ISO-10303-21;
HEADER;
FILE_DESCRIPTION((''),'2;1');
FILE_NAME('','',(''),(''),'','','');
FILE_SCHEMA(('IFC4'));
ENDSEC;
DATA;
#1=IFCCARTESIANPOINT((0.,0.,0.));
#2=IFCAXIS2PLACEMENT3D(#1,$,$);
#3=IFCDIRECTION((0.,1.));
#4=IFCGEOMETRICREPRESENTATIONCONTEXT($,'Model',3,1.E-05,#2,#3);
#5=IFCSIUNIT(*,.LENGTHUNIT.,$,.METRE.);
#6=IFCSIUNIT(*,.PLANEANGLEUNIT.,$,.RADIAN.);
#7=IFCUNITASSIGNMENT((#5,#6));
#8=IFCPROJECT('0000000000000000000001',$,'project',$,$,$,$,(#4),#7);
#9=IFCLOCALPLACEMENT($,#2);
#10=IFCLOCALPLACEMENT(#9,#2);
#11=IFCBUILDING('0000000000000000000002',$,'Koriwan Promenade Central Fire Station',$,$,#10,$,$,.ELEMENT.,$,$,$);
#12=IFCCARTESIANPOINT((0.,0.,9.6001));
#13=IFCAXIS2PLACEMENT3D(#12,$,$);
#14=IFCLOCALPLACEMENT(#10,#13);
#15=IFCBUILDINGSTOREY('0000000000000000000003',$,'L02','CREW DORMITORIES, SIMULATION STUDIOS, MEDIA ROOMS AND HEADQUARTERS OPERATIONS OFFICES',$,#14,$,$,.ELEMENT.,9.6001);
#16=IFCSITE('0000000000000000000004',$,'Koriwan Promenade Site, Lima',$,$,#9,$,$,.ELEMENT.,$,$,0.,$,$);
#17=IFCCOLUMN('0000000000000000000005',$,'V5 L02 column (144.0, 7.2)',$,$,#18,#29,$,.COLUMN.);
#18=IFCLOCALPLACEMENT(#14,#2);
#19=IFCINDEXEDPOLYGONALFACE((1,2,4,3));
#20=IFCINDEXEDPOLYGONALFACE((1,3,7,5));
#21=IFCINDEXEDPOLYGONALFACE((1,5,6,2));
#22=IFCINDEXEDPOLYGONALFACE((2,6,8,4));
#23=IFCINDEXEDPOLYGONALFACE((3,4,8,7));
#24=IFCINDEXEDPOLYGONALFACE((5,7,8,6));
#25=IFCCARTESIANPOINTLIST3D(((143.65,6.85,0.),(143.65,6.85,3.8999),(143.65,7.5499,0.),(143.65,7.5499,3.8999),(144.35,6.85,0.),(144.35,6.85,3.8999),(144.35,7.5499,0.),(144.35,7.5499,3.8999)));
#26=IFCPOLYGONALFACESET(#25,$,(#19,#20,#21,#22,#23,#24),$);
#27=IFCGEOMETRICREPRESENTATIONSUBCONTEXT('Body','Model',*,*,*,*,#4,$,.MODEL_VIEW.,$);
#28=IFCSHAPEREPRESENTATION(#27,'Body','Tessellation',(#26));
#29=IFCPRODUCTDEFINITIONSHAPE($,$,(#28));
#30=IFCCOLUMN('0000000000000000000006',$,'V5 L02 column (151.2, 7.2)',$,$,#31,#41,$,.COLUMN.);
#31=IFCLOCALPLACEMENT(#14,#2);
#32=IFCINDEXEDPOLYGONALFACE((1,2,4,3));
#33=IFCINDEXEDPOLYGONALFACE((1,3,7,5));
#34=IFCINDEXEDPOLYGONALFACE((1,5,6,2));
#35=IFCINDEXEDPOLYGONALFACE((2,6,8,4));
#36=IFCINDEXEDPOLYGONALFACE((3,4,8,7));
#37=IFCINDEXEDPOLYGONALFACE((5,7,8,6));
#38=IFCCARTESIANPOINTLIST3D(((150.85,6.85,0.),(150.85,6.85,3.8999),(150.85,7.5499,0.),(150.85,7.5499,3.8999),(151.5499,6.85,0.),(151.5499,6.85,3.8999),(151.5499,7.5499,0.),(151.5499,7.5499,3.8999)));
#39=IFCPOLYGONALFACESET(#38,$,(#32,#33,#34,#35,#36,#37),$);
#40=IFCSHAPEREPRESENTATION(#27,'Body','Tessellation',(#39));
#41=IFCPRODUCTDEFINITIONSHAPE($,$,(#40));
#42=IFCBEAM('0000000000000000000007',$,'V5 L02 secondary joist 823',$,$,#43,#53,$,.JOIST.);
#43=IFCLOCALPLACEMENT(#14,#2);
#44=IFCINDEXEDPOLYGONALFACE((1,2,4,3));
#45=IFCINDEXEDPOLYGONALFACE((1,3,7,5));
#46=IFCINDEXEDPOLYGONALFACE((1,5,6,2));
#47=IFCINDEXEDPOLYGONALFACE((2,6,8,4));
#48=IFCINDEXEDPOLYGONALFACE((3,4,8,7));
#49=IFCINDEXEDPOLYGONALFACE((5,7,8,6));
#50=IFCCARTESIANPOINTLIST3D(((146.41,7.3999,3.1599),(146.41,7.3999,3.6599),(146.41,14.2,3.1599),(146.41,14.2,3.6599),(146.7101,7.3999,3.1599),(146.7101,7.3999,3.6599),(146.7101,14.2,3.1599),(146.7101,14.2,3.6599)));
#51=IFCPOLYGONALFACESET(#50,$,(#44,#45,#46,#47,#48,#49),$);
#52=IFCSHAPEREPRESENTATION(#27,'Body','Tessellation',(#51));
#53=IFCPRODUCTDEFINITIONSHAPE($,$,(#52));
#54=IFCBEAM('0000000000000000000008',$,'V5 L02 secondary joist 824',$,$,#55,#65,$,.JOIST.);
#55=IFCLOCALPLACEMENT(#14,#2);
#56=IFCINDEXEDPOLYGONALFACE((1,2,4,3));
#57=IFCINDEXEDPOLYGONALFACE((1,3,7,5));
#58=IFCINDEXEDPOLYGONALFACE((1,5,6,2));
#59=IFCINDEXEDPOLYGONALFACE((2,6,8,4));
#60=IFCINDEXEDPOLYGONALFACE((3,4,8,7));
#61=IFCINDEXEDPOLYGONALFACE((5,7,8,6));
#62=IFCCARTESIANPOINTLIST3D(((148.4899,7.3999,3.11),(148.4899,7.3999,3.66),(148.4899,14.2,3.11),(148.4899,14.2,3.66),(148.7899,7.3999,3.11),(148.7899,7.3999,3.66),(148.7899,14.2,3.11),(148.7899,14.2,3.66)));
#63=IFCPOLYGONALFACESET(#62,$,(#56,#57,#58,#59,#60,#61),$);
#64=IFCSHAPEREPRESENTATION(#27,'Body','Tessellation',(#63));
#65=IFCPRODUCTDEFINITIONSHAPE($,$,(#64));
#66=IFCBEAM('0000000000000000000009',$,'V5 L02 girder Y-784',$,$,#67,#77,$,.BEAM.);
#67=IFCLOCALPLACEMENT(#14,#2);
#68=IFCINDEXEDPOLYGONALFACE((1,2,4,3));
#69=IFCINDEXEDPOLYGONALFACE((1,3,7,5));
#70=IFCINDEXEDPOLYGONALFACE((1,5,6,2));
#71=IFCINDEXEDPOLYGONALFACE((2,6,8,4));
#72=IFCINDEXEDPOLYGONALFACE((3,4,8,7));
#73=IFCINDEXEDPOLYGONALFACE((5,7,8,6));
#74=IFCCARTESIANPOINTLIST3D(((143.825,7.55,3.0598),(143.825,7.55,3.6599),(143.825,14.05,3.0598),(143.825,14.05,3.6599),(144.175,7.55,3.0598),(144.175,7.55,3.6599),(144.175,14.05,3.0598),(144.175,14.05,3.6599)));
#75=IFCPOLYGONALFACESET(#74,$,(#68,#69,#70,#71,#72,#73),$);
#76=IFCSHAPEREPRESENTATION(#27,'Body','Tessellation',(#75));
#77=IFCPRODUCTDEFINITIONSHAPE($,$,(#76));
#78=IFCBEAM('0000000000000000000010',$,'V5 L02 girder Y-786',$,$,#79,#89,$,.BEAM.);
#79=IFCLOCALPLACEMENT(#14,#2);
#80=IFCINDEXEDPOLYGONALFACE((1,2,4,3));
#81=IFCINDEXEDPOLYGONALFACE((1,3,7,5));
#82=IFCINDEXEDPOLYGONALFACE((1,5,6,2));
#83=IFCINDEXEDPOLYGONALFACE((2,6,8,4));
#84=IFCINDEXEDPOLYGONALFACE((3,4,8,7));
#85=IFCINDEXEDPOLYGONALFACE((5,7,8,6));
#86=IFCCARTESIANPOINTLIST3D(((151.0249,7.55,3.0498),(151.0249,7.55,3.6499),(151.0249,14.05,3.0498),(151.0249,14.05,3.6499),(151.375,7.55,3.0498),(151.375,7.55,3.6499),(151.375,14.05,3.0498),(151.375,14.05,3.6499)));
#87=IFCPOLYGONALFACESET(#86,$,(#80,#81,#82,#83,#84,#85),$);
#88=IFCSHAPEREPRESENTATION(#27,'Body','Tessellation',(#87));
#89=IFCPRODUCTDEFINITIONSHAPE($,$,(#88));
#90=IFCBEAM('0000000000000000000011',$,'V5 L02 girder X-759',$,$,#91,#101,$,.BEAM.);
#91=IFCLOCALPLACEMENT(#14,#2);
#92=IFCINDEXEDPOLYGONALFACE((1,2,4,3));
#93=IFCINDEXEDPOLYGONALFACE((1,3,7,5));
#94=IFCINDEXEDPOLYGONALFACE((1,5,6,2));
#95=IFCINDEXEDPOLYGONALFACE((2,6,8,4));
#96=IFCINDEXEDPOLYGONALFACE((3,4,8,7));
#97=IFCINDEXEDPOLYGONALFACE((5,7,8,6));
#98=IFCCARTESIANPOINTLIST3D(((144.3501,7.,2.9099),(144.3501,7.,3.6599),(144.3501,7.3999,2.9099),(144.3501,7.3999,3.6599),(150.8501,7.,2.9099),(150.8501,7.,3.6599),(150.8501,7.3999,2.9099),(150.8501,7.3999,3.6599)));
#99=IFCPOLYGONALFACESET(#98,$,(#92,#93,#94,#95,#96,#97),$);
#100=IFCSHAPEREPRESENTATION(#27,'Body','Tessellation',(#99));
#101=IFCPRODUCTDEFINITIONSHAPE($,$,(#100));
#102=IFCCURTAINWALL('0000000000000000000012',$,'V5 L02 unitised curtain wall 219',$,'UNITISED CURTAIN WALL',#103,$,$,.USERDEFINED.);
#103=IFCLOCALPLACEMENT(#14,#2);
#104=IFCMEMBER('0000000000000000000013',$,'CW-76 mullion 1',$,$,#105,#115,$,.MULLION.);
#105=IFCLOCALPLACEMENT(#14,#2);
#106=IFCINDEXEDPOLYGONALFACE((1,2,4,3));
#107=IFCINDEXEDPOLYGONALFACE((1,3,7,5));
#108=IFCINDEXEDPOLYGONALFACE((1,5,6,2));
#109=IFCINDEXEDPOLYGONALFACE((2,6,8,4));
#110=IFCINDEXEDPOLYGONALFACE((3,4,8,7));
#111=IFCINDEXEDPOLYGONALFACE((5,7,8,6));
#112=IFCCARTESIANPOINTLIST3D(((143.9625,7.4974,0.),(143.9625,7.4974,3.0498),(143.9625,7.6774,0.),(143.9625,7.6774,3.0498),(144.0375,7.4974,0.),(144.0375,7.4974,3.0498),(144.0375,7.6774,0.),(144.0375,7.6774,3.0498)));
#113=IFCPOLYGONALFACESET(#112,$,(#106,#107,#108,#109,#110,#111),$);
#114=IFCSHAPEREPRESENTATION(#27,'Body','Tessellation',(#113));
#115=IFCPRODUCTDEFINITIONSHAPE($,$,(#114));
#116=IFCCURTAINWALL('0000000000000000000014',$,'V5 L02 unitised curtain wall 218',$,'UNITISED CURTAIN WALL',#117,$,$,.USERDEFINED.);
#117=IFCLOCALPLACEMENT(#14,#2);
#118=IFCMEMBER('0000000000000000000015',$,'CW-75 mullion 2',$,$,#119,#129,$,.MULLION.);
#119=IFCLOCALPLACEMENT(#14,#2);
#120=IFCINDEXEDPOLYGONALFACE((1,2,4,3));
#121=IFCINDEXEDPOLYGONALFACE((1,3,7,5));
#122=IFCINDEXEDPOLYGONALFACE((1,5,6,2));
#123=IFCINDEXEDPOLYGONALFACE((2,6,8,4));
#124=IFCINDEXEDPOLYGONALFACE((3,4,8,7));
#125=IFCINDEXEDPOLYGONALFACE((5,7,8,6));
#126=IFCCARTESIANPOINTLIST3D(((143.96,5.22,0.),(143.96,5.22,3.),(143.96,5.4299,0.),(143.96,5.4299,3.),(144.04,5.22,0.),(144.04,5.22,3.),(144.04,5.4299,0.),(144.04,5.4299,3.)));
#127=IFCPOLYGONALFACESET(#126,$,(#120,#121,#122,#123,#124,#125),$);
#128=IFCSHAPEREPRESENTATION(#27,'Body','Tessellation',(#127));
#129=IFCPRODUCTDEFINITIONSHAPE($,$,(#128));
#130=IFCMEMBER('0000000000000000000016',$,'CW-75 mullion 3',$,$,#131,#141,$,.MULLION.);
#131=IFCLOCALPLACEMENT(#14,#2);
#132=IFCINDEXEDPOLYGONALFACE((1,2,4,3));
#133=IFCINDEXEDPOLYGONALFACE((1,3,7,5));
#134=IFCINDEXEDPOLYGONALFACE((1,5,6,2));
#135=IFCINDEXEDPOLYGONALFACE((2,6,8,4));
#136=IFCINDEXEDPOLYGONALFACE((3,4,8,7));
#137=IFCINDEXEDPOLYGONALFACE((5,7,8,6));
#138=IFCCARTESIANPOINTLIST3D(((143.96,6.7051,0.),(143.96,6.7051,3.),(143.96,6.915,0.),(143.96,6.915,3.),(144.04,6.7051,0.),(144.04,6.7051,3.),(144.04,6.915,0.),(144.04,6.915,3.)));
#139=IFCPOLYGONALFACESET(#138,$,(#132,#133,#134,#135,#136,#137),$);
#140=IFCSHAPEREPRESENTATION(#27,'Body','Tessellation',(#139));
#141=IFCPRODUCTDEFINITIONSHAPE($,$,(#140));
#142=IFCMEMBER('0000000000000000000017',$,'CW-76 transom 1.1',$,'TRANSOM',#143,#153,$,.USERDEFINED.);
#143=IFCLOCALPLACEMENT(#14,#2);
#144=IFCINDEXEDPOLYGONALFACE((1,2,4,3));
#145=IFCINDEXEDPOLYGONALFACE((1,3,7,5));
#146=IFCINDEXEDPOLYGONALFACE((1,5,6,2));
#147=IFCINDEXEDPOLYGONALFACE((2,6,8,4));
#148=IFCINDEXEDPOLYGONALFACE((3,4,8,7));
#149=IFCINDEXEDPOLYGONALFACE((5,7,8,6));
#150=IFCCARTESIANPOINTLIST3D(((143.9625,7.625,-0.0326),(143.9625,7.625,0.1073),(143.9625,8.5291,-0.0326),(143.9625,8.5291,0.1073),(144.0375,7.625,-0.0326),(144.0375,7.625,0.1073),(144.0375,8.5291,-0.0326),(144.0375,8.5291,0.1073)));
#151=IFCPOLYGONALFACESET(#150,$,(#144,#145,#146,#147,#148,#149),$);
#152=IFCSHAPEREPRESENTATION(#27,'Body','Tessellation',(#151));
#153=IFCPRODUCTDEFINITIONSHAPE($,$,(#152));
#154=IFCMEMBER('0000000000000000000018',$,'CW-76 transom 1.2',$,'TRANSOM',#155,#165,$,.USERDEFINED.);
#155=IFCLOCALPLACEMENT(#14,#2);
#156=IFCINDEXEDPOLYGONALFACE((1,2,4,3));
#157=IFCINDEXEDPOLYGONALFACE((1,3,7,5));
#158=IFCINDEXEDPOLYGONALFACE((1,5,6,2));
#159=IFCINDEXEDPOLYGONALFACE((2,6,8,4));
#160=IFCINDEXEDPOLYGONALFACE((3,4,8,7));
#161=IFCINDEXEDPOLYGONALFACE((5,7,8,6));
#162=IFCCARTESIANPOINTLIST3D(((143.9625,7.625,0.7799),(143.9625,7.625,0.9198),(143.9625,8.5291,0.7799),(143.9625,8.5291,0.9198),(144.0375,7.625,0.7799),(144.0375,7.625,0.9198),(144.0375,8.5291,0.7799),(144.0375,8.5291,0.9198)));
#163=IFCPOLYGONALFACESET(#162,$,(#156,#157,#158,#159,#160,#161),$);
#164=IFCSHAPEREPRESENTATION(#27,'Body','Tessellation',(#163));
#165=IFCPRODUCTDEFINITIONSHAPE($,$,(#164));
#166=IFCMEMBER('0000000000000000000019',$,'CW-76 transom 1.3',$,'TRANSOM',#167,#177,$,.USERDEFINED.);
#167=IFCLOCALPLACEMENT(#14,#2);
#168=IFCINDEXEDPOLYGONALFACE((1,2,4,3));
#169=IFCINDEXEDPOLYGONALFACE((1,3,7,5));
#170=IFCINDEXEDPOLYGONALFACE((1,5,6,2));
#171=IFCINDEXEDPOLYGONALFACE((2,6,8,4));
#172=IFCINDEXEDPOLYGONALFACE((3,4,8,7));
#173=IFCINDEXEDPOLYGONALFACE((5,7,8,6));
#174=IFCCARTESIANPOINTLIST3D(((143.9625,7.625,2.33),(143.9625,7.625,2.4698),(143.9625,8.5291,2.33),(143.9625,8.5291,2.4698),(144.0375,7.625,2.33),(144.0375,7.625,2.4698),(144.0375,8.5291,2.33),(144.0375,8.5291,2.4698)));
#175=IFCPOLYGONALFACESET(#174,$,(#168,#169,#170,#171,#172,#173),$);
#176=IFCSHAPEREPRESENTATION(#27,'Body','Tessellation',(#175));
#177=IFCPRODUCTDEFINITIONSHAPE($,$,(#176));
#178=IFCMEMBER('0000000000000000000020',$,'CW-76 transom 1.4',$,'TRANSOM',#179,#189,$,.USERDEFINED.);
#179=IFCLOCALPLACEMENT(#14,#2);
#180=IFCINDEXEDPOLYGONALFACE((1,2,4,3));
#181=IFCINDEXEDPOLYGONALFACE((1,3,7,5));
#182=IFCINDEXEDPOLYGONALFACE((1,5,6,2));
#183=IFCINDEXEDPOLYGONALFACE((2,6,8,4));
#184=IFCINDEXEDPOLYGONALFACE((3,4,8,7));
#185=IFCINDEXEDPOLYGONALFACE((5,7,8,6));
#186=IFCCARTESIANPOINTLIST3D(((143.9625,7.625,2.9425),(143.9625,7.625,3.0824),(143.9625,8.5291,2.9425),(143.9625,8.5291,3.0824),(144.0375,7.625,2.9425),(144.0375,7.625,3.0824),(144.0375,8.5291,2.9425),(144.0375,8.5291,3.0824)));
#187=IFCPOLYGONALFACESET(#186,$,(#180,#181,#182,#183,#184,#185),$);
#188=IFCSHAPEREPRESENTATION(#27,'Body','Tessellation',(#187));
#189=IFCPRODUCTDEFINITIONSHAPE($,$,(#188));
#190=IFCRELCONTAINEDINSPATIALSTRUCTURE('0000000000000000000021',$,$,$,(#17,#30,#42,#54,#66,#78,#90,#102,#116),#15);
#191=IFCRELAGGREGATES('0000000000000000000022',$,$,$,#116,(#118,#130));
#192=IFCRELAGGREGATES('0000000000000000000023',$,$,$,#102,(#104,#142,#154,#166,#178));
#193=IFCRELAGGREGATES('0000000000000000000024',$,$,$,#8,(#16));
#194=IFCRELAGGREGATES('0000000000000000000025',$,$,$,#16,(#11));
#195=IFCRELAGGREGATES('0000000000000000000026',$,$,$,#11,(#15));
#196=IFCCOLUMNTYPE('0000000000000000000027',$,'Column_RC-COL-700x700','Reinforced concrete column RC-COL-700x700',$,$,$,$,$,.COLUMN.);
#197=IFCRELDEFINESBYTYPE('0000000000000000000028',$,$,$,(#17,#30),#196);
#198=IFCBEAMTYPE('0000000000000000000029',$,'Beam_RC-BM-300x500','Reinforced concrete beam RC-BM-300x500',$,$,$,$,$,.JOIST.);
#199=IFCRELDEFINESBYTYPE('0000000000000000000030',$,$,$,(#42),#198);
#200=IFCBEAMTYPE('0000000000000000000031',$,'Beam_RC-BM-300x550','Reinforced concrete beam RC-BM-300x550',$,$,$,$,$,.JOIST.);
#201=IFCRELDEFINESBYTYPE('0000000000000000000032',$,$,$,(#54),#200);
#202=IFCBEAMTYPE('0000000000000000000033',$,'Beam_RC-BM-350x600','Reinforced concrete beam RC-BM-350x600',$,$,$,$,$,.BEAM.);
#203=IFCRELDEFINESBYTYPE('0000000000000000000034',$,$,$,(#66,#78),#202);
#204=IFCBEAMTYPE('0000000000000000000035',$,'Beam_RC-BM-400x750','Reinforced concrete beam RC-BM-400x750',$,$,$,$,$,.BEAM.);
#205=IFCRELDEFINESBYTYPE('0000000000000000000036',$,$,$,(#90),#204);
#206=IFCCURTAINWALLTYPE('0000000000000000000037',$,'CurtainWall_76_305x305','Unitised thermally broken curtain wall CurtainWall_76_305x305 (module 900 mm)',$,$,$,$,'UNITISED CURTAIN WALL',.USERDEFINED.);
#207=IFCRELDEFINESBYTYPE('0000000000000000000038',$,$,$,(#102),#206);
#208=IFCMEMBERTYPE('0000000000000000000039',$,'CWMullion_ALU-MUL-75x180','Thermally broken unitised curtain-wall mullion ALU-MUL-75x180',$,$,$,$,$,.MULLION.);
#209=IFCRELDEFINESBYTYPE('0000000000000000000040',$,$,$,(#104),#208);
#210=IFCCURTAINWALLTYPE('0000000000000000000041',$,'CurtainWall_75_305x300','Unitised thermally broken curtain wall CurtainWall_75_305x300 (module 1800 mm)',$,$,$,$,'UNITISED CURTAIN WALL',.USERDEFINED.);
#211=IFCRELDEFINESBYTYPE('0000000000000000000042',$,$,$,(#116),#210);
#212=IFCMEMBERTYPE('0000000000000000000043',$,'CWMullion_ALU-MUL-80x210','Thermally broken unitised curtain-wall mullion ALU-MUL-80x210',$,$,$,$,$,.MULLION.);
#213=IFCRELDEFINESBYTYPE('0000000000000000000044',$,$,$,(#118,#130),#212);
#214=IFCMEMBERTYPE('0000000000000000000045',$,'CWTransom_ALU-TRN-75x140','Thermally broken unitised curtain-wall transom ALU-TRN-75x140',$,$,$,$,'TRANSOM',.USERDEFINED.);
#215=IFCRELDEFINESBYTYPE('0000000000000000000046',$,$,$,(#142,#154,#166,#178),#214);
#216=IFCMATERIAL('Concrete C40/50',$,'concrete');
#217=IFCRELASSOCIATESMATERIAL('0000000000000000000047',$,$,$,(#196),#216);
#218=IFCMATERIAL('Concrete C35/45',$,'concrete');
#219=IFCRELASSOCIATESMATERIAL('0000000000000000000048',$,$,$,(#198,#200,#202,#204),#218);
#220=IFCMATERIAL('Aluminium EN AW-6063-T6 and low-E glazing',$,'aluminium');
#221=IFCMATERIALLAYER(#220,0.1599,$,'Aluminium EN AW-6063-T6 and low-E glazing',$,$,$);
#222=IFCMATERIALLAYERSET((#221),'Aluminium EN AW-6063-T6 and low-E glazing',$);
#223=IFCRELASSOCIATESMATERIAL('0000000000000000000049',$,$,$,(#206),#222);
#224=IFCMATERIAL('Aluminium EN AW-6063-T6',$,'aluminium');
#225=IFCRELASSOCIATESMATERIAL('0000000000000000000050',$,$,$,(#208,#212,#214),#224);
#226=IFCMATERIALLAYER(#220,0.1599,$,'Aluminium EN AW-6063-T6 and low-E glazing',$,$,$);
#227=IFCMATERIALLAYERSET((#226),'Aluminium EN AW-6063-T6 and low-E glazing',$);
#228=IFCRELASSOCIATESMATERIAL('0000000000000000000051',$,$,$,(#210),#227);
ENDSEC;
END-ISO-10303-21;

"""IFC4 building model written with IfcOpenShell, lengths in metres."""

from ifc_helpers import new_model, si_unit, direction, frame, origin, origin_2d, place, context, subcontext, project, spatial, rectangle, extrude, material, layer, layer_set, material_profile, profile_set, type_object, element, aggregate, save


model = new_model("IFC4")

# Units and contexts
model_context = context("Model", 3, precision=1e-05, world=origin(), true_north=direction((0.0, 1.0)))
body_context = subcontext(model_context, "Body", "Model", "MODEL_VIEW")
ifc_project = project(units=[si_unit("LENGTHUNIT", "METRE"), si_unit("PLANEANGLEUNIT", "RADIAN")], contexts=[model_context])

# Site, building, storey
site_placement = place(None, origin())
site = spatial("IfcSite", under=ifc_project, at=site_placement, Name="Koriwan Promenade Site, Lima", CompositionType="ELEMENT", RefElevation=0.0)
building_placement = place(site_placement, origin())
building = spatial("IfcBuilding", under=site, at=building_placement, Name="Koriwan Promenade Central Fire Station", CompositionType="ELEMENT")
storey_placement = place(building_placement, frame((0.0, 0.0, 9.6001)))
storey = spatial("IfcBuildingStorey", under=building, at=storey_placement, Name="L02", Description="CREW DORMITORIES, SIMULATION STUDIOS, MEDIA ROOMS AND HEADQUARTERS OPERATIONS OFFICES", CompositionType="ELEMENT", Elevation=9.6001)

# Columns
ifc_material_1 = material(Name="Concrete C40/50", Category="concrete")
ifc_material_profile_1 = material_profile(ifc_material_1, rectangle(XDim=0.7, YDim=0.7, at=origin_2d()), Name="RC-COL-700x700")
ifc_profile_set_1 = profile_set([ifc_material_profile_1], Name="Concrete C40/50")
column_type = type_object("IfcColumnType", Name="Column_RC-COL-700x700", Description="Reinforced concrete column RC-COL-700x700", PredefinedType="COLUMN", material=ifc_profile_set_1)
for number, where, z_axis, x_axis, name in (
    (1, (144.0, 7.2, 0.0), (0.0, 0.0, 1.0), (1.0, 0.0, 0.0), "V5 L02 column (144.0, 7.2)"),
    (2, (151.2, 7.2, 0.0), (0.0, 0.0, 1.0), (1.0, 0.0, 0.0), "V5 L02 column (151.2, 7.2)"),
):
    element("IfcColumn", number, at=place(storey_placement, frame(where, z_axis=z_axis, x_axis=x_axis)), inside=storey, type_object=column_type, Name=name, PredefinedType="COLUMN", context=body_context, shape_type="SweptSolid", body=[
        extrude(rectangle(XDim=0.7, YDim=0.7, at=origin_2d()), origin(), (0.0, 0.0, 1.0), 3.8999),
    ])

# Beams
ifc_material_2 = material(Name="Concrete C35/45", Category="concrete")
ifc_material_profile_2 = material_profile(ifc_material_2, rectangle(XDim=0.3, YDim=0.5, at=origin_2d()), Name="RC-BM-300x500")
ifc_profile_set_2 = profile_set([ifc_material_profile_2], Name="Concrete C35/45")
beam_type_1 = type_object("IfcBeamType", Name="Beam_RC-BM-300x500", Description="Reinforced concrete beam RC-BM-300x500", PredefinedType="JOIST", material=ifc_profile_set_2)
beam_1_placement = place(storey_placement, frame((146.5601, 7.3999, 3.4099), z_axis=(0.0, 1.0, 0.0), x_axis=(-1.0, 0.0, 0.0)))
element("IfcBeam", 3, at=beam_1_placement, inside=storey, type_object=beam_type_1, Name="V5 L02 secondary joist 823", PredefinedType="JOIST", context=body_context, shape_type="SweptSolid", body=[
    extrude(rectangle(XDim=0.3, YDim=0.5, at=origin_2d()), origin(), (0.0, 0.0, 1.0), 6.8),
])
ifc_material_profile_3 = material_profile(ifc_material_2, rectangle(XDim=0.3, YDim=0.55, at=origin_2d()), Name="RC-BM-300x550")
ifc_profile_set_3 = profile_set([ifc_material_profile_3], Name="Concrete C35/45")
beam_type_2 = type_object("IfcBeamType", Name="Beam_RC-BM-300x550", Description="Reinforced concrete beam RC-BM-300x550", PredefinedType="JOIST", material=ifc_profile_set_3)
beam_2_placement = place(storey_placement, frame((148.6399, 7.3999, 3.385), z_axis=(0.0, 1.0, 0.0), x_axis=(-1.0, 0.0, 0.0)))
element("IfcBeam", 4, at=beam_2_placement, inside=storey, type_object=beam_type_2, Name="V5 L02 secondary joist 824", PredefinedType="JOIST", context=body_context, shape_type="SweptSolid", body=[
    extrude(rectangle(XDim=0.3, YDim=0.55, at=origin_2d()), origin(), (0.0, 0.0, 1.0), 6.8),
])
ifc_material_profile_4 = material_profile(ifc_material_2, rectangle(XDim=0.3501, YDim=0.6001, at=origin_2d()), Name="RC-BM-350x600")
ifc_profile_set_4 = profile_set([ifc_material_profile_4], Name="Concrete C35/45")
beam_type_3 = type_object("IfcBeamType", Name="Beam_RC-BM-350x600", Description="Reinforced concrete beam RC-BM-350x600", PredefinedType="BEAM", material=ifc_profile_set_4)
for number, where, z_axis, x_axis, name in (
    (5, (144.0, 7.55, 3.3599), (0.0, 1.0, 0.0), (-1.0, 0.0, 0.0), "V5 L02 girder Y-784"),
    (6, (151.2, 7.55, 3.3499), (0.0, 1.0, 0.0), (-1.0, 0.0, 0.0), "V5 L02 girder Y-786"),
):
    element("IfcBeam", number, at=place(storey_placement, frame(where, z_axis=z_axis, x_axis=x_axis)), inside=storey, type_object=beam_type_3, Name=name, PredefinedType="BEAM", context=body_context, shape_type="SweptSolid", body=[
        extrude(rectangle(XDim=0.3501, YDim=0.6001, at=origin_2d()), origin(), (0.0, 0.0, 1.0), 6.5),
    ])
ifc_material_profile_5 = material_profile(ifc_material_2, rectangle(XDim=0.3999, YDim=0.75, at=origin_2d()), Name="RC-BM-400x750")
ifc_profile_set_5 = profile_set([ifc_material_profile_5], Name="Concrete C35/45")
beam_type_4 = type_object("IfcBeamType", Name="Beam_RC-BM-400x750", Description="Reinforced concrete beam RC-BM-400x750", PredefinedType="BEAM", material=ifc_profile_set_5)
beam_3_placement = place(storey_placement, frame((144.3501, 7.2, 3.2849), z_axis=(1.0, 0.0, 0.0), x_axis=(0.0, 1.0, 0.0)))
element("IfcBeam", 7, at=beam_3_placement, inside=storey, type_object=beam_type_4, Name="V5 L02 girder X-759", PredefinedType="BEAM", context=body_context, shape_type="SweptSolid", body=[
    extrude(rectangle(XDim=0.3999, YDim=0.75, at=origin_2d()), origin(), (0.0, 0.0, 1.0), 6.5),
])

# Curtain wall, member
ifc_material_3 = material(Name="Aluminium EN AW-6063-T6 and low-E glazing", Category="aluminium")
ifc_layer_1 = layer(ifc_material_3, 0.1599, Name="Aluminium EN AW-6063-T6 and low-E glazing")
ifc_layer_set_1 = layer_set([ifc_layer_1], Name="Aluminium EN AW-6063-T6 and low-E glazing")
curtain_wall_type_1 = type_object("IfcCurtainWallType", Name="CurtainWall_76_305x305", Description="Unitised thermally broken curtain wall CurtainWall_76_305x305 (module 900 mm)", ElementType="UNITISED CURTAIN WALL", PredefinedType="USERDEFINED", material=ifc_layer_set_1)
curtain_wall_1_placement = place(storey_placement, origin())
curtain_wall_1 = element("IfcCurtainWall", 8, at=curtain_wall_1_placement, inside=storey, type_object=curtain_wall_type_1, Name="V5 L02 unitised curtain wall 219", ObjectType="UNITISED CURTAIN WALL", PredefinedType="USERDEFINED")
ifc_material_4 = material(Name="Aluminium EN AW-6063-T6", Category="aluminium")
ifc_material_profile_6 = material_profile(ifc_material_4, rectangle(XDim=0.075, YDim=0.1799, at=origin_2d()), Name="ALU-MUL-75x180")
ifc_profile_set_6 = profile_set([ifc_material_profile_6], Name="Aluminium EN AW-6063-T6")
member_type_1 = type_object("IfcMemberType", Name="CWMullion_ALU-MUL-75x180", Description="Thermally broken unitised curtain-wall mullion ALU-MUL-75x180", PredefinedType="MULLION", material=ifc_profile_set_6)
member_1_placement = place(storey_placement, frame((144.0, 7.5874, 0.0), z_axis=(0.0, 0.0, 1.0), x_axis=(-1.0, 0.0, 0.0)))
member_1 = element("IfcMember", 9, at=member_1_placement, type_object=member_type_1, Name="CW-76 mullion 1", PredefinedType="MULLION", context=body_context, shape_type="SweptSolid", body=[
    extrude(rectangle(XDim=0.075, YDim=0.1799, at=origin_2d()), origin(), (0.0, 0.0, 1.0), 3.0498),
])

# Curtain wall, members
ifc_layer_2 = layer(ifc_material_3, 0.1599, Name="Aluminium EN AW-6063-T6 and low-E glazing")
ifc_layer_set_2 = layer_set([ifc_layer_2], Name="Aluminium EN AW-6063-T6 and low-E glazing")
curtain_wall_type_2 = type_object("IfcCurtainWallType", Name="CurtainWall_75_305x300", Description="Unitised thermally broken curtain wall CurtainWall_75_305x300 (module 1800 mm)", ElementType="UNITISED CURTAIN WALL", PredefinedType="USERDEFINED", material=ifc_layer_set_2)
curtain_wall_2_placement = place(storey_placement, origin())
curtain_wall_2 = element("IfcCurtainWall", 10, at=curtain_wall_2_placement, inside=storey, type_object=curtain_wall_type_2, Name="V5 L02 unitised curtain wall 218", ObjectType="UNITISED CURTAIN WALL", PredefinedType="USERDEFINED")
ifc_material_profile_7 = material_profile(ifc_material_4, rectangle(XDim=0.0801, YDim=0.21, at=origin_2d()), Name="ALU-MUL-80x210")
ifc_profile_set_7 = profile_set([ifc_material_profile_7], Name="Aluminium EN AW-6063-T6")
member_type_2 = type_object("IfcMemberType", Name="CWMullion_ALU-MUL-80x210", Description="Thermally broken unitised curtain-wall mullion ALU-MUL-80x210", PredefinedType="MULLION", material=ifc_profile_set_7)
member_2_placement = place(storey_placement, frame((144.0, 5.325, 0.0), z_axis=(0.0, 0.0, 1.0), x_axis=(-1.0, 0.0, 0.0)))
member_2 = element("IfcMember", 11, at=member_2_placement, type_object=member_type_2, Name="CW-75 mullion 2", PredefinedType="MULLION", context=body_context, shape_type="SweptSolid", body=[
    extrude(rectangle(XDim=0.0801, YDim=0.21, at=origin_2d()), origin(), (0.0, 0.0, 1.0), 3.0),
])
member_3_placement = place(storey_placement, frame((144.0, 6.8101, 0.0), z_axis=(0.0, 0.0, 1.0), x_axis=(-1.0, 0.0, 0.0)))
member_3 = element("IfcMember", 12, at=member_3_placement, type_object=member_type_2, Name="CW-75 mullion 3", PredefinedType="MULLION", context=body_context, shape_type="SweptSolid", body=[
    extrude(rectangle(XDim=0.0801, YDim=0.21, at=origin_2d()), origin(), (0.0, 0.0, 1.0), 3.0),
])

# Members
ifc_material_profile_8 = material_profile(ifc_material_4, rectangle(XDim=0.075, YDim=0.1399, at=origin_2d()), Name="ALU-TRN-75x140")
ifc_profile_set_8 = profile_set([ifc_material_profile_8], Name="Aluminium EN AW-6063-T6")
member_type_3 = type_object("IfcMemberType", Name="CWTransom_ALU-TRN-75x140", Description="Thermally broken unitised curtain-wall transom ALU-TRN-75x140", ElementType="TRANSOM", PredefinedType="USERDEFINED", material=ifc_profile_set_8)
member_4_placement = place(storey_placement, frame((144.0, 7.625, 0.0374), z_axis=(0.0, 1.0, 0.0), x_axis=(-1.0, 0.0, 0.0)))
member_4 = element("IfcMember", 13, at=member_4_placement, type_object=member_type_3, Name="CW-76 transom 1.1", ObjectType="TRANSOM", PredefinedType="USERDEFINED", context=body_context, shape_type="SweptSolid", body=[
    extrude(rectangle(XDim=0.075, YDim=0.1399, at=origin_2d()), origin(), (0.0, 0.0, 1.0), 0.9041),
])
member_5_placement = place(storey_placement, frame((144.0, 7.625, 0.8499), z_axis=(0.0, 1.0, 0.0), x_axis=(-1.0, 0.0, 0.0)))
member_5 = element("IfcMember", 14, at=member_5_placement, type_object=member_type_3, Name="CW-76 transom 1.2", ObjectType="TRANSOM", PredefinedType="USERDEFINED", context=body_context, shape_type="SweptSolid", body=[
    extrude(rectangle(XDim=0.075, YDim=0.1399, at=origin_2d()), origin(), (0.0, 0.0, 1.0), 0.9041),
])
member_6_placement = place(storey_placement, frame((144.0, 7.625, 2.3999), z_axis=(0.0, 1.0, 0.0), x_axis=(-1.0, 0.0, 0.0)))
member_6 = element("IfcMember", 15, at=member_6_placement, type_object=member_type_3, Name="CW-76 transom 1.3", ObjectType="TRANSOM", PredefinedType="USERDEFINED", context=body_context, shape_type="SweptSolid", body=[
    extrude(rectangle(XDim=0.075, YDim=0.1399, at=origin_2d()), origin(), (0.0, 0.0, 1.0), 0.9041),
])
member_7_placement = place(storey_placement, frame((144.0, 7.625, 3.0125), z_axis=(0.0, 1.0, 0.0), x_axis=(-1.0, 0.0, 0.0)))
member_7 = element("IfcMember", 16, at=member_7_placement, type_object=member_type_3, Name="CW-76 transom 1.4", ObjectType="TRANSOM", PredefinedType="USERDEFINED", context=body_context, shape_type="SweptSolid", body=[
    extrude(rectangle(XDim=0.075, YDim=0.1399, at=origin_2d()), origin(), (0.0, 0.0, 1.0), 0.9041),
])

aggregate(curtain_wall_2, [member_2, member_3])
aggregate(curtain_wall_1, [member_1, member_4, member_5, member_6, member_7])

save(model, "model.ifc")
